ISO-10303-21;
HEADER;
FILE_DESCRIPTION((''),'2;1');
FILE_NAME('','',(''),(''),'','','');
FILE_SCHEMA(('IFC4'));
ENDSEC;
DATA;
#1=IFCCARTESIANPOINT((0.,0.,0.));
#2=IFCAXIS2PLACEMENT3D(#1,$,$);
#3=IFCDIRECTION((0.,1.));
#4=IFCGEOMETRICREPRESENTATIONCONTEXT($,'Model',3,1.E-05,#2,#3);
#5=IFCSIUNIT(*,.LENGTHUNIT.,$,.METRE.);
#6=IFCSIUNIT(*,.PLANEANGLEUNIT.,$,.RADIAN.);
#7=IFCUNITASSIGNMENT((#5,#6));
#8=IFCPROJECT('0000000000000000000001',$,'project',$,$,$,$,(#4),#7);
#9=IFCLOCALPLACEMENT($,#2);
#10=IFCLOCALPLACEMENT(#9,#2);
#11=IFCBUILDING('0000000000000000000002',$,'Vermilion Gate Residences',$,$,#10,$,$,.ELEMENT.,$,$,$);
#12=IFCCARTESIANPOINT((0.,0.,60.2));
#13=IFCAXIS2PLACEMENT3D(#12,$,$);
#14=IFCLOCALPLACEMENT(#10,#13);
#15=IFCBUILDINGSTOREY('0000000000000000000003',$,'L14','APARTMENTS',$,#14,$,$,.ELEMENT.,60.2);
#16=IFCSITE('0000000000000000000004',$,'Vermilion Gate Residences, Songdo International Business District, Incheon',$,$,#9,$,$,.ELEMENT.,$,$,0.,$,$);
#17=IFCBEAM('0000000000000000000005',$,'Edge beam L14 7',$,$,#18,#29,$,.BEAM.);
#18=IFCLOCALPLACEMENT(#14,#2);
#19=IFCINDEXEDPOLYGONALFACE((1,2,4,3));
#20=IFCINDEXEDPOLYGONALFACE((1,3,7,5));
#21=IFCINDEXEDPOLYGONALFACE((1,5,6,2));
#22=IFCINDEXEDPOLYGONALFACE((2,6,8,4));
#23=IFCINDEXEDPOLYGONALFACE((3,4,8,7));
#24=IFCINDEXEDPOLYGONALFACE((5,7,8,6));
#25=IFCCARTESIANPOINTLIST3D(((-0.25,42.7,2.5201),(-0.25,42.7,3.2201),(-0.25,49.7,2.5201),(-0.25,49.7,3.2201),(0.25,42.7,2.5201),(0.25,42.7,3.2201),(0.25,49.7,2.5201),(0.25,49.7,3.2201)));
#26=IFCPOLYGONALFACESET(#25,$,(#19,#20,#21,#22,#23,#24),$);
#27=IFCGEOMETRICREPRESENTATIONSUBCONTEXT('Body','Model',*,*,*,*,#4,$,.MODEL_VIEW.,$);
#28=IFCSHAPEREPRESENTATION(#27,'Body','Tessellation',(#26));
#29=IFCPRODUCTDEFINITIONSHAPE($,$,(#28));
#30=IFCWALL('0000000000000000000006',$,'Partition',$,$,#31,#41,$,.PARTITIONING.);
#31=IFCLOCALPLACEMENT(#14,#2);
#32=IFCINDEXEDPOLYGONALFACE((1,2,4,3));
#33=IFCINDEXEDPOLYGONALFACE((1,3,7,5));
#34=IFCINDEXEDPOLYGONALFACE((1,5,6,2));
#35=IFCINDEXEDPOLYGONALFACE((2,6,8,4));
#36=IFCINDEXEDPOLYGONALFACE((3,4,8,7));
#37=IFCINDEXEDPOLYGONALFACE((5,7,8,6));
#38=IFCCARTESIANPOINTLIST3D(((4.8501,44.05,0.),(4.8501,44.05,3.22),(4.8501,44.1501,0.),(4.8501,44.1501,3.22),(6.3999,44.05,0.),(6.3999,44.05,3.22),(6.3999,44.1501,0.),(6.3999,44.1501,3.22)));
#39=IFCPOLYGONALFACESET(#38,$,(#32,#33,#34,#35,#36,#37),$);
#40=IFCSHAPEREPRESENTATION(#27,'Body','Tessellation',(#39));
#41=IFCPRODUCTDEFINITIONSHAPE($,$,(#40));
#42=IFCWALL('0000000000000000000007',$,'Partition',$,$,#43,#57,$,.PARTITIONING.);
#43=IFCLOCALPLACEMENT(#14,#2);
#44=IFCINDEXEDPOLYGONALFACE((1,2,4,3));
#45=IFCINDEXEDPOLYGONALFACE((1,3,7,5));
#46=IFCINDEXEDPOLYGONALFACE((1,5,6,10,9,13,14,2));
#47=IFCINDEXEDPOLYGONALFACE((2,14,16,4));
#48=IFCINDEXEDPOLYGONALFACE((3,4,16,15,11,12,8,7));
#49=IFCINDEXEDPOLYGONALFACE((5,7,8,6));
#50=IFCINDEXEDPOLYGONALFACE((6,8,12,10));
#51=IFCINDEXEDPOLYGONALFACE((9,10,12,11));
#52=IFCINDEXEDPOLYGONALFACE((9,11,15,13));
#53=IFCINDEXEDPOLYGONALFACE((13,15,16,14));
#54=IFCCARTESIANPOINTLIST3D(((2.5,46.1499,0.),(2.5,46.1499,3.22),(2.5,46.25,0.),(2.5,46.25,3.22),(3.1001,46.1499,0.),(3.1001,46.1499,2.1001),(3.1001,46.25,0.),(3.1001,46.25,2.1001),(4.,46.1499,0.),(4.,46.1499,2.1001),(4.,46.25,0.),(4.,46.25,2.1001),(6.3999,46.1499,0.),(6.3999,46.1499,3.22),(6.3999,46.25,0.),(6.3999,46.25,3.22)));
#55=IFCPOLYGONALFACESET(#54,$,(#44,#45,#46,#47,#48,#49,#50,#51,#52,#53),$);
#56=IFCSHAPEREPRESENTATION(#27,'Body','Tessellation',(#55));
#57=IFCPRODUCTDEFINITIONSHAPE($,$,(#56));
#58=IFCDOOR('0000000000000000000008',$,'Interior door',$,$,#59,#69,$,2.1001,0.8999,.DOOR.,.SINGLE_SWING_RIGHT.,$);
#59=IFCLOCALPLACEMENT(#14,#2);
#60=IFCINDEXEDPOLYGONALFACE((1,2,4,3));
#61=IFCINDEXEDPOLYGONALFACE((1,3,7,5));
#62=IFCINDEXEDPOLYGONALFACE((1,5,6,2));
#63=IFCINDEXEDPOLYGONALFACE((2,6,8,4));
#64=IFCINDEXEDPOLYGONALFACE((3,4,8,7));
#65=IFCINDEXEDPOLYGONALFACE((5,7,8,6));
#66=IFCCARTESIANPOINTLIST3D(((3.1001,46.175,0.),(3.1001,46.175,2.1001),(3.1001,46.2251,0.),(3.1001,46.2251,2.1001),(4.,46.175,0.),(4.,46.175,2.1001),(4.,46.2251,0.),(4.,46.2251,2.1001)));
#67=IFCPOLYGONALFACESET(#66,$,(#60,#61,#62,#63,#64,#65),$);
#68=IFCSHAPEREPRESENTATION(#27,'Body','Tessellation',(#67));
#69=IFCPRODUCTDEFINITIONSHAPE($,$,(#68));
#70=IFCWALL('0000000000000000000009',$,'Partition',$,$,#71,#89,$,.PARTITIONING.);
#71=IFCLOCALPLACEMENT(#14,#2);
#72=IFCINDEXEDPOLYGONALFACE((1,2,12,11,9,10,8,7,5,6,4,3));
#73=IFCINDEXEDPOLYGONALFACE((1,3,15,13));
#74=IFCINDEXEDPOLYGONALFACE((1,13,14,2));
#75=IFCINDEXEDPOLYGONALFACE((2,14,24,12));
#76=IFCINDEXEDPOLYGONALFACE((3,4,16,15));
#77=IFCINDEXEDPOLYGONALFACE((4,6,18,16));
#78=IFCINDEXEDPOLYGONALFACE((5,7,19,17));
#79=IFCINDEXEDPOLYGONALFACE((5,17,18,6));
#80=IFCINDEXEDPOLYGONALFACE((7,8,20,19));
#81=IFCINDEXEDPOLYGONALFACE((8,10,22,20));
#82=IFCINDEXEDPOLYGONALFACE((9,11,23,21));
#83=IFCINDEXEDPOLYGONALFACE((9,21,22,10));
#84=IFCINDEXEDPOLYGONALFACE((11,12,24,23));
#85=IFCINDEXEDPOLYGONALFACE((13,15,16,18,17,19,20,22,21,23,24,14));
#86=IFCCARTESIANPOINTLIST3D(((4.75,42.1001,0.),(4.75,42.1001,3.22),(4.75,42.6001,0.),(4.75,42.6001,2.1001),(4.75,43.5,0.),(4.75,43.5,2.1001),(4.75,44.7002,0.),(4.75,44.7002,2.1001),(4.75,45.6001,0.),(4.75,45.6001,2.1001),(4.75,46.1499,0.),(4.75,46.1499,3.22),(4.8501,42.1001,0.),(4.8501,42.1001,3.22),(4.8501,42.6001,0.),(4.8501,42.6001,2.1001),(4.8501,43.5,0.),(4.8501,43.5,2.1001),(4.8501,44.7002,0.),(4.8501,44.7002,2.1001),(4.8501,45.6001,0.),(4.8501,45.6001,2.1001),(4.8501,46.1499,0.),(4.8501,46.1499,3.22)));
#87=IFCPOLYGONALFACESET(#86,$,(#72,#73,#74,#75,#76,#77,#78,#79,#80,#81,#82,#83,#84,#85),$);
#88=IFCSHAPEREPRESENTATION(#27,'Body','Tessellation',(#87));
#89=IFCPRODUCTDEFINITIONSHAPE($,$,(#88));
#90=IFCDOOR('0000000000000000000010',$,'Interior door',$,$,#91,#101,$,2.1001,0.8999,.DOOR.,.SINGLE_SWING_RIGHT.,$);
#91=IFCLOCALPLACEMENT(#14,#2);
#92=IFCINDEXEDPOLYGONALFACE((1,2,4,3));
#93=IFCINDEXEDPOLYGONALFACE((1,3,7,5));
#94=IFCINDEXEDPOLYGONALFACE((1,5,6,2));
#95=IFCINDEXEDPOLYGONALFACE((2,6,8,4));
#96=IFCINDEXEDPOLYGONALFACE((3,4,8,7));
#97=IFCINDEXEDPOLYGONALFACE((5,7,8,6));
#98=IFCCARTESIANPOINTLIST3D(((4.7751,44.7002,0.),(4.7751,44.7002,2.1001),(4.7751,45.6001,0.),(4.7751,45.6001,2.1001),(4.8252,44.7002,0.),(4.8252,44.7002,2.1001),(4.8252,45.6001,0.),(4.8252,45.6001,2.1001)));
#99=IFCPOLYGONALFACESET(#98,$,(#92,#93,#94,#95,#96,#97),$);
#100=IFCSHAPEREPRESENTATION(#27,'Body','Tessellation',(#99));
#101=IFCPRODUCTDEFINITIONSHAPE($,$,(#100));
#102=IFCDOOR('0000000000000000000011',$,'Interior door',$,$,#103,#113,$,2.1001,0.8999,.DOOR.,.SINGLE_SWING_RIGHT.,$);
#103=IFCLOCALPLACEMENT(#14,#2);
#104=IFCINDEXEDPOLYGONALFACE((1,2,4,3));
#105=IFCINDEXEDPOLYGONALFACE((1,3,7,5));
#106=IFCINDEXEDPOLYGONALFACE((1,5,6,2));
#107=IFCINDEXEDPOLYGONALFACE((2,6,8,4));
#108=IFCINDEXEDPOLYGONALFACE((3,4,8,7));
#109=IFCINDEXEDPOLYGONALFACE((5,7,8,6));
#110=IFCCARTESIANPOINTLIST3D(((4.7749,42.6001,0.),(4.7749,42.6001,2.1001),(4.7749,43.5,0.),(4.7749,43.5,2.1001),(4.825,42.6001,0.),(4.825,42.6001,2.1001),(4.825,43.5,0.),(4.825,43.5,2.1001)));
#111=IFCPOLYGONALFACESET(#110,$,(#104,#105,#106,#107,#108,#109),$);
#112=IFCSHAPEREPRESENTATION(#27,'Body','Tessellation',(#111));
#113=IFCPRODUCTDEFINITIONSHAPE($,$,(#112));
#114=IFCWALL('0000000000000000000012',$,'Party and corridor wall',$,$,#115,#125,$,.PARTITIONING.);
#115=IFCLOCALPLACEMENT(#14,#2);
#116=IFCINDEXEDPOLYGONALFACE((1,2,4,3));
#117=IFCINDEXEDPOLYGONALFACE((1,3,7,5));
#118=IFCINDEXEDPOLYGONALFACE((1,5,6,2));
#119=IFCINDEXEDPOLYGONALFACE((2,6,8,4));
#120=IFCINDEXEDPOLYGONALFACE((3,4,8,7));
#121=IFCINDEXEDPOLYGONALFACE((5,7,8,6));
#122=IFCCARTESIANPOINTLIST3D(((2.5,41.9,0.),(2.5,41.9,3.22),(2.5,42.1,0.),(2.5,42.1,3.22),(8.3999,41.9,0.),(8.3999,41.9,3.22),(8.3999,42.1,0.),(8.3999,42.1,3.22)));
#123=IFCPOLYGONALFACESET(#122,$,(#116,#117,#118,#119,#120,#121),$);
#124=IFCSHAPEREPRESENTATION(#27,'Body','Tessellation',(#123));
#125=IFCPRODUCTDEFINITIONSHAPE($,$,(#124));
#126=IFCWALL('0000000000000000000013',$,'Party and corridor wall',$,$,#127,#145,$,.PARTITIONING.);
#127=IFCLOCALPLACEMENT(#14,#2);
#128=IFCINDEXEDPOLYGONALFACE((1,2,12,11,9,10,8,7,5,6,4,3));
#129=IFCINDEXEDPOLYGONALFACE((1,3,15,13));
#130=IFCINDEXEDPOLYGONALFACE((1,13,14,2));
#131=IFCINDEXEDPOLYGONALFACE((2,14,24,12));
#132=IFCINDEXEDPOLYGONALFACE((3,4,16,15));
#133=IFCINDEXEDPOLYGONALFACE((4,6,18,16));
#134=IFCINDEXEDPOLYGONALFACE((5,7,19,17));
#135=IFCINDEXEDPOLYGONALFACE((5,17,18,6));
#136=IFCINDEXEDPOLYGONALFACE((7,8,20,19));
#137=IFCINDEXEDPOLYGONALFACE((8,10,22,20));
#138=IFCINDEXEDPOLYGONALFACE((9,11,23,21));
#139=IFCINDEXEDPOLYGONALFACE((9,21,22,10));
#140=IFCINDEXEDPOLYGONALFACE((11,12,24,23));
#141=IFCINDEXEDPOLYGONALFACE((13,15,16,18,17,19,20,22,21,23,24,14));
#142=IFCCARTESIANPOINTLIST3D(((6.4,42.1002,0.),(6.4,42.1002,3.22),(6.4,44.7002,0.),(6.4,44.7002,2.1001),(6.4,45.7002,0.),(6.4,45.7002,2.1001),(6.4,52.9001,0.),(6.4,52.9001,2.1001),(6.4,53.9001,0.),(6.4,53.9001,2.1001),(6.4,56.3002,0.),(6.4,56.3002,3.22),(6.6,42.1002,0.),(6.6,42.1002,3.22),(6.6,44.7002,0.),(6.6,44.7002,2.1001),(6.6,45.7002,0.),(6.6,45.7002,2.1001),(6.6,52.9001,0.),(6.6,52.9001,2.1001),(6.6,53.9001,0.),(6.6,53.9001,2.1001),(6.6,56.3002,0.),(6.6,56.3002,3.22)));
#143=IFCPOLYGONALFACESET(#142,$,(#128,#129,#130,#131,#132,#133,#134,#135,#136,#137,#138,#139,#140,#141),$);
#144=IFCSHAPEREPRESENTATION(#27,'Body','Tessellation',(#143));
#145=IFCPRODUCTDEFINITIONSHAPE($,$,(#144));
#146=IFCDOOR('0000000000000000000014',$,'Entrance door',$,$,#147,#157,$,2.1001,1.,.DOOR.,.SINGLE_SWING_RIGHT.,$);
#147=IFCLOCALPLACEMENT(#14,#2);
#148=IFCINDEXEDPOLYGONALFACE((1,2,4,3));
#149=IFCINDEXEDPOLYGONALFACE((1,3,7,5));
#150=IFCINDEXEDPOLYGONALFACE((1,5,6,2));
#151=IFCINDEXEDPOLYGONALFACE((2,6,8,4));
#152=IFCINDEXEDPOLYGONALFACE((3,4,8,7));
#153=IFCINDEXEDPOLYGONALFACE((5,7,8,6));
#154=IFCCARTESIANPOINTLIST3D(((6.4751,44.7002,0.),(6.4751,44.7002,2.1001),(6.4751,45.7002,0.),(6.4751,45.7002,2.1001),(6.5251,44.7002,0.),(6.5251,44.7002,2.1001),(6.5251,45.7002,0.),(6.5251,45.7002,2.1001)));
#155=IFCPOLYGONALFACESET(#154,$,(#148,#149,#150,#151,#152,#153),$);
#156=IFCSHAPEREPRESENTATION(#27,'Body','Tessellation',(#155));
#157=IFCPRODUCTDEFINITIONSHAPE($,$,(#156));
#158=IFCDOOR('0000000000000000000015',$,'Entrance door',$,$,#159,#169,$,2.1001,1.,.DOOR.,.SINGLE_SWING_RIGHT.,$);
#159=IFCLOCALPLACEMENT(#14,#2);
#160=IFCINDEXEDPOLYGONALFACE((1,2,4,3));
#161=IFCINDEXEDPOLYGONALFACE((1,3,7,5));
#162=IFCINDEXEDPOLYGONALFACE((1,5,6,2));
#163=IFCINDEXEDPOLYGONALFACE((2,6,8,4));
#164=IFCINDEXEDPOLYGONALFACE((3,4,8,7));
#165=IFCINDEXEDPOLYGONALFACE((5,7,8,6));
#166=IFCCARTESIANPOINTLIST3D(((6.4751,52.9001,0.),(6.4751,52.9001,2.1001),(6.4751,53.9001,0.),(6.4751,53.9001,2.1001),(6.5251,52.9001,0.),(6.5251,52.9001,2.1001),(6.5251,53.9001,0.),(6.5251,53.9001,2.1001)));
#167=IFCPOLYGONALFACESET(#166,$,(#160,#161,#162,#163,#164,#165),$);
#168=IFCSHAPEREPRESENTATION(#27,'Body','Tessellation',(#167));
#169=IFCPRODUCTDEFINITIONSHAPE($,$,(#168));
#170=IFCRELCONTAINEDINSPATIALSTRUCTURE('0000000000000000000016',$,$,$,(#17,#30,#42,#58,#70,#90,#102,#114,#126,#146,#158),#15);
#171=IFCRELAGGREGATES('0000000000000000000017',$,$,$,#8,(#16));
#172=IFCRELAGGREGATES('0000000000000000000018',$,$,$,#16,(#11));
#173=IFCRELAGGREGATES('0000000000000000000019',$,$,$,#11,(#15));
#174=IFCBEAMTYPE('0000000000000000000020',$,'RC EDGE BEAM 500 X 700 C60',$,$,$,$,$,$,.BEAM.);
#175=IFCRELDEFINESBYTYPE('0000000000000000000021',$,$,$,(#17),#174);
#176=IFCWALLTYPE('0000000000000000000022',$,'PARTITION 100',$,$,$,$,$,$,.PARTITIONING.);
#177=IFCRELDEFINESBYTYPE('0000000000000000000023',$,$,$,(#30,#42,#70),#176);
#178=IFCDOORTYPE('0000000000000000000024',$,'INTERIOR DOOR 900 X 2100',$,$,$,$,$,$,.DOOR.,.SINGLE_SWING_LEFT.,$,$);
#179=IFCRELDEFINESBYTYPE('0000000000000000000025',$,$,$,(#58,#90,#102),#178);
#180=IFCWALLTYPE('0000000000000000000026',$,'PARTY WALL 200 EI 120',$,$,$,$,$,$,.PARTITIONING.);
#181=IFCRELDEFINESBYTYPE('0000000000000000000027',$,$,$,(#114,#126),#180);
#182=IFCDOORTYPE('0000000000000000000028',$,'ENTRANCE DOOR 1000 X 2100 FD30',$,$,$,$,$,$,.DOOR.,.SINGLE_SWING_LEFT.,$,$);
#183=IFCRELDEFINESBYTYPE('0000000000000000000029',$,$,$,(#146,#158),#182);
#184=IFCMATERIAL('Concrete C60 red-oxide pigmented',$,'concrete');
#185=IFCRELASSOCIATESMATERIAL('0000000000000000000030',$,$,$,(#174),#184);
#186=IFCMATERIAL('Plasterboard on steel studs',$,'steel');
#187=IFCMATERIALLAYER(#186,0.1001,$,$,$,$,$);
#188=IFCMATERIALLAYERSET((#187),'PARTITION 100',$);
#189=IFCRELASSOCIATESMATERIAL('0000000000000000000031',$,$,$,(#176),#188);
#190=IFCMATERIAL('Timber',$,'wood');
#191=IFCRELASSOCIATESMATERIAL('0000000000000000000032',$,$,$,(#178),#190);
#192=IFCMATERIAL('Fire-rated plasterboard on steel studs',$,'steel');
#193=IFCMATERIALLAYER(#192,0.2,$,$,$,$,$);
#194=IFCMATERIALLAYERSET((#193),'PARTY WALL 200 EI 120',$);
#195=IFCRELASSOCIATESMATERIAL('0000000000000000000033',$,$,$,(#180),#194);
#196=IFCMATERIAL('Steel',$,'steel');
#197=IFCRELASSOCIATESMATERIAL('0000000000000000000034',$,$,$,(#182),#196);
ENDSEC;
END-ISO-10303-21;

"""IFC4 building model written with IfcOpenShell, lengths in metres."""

from ifc_helpers import new_model, si_unit, direction, frame, frame_2d, origin, origin_2d, place, context, subcontext, project, spatial, rectangle, extrude, material, layer, layer_set, material_profile, profile_set, type_object, element, fill, save


model = new_model("IFC4")

# Units and contexts
model_context = context("Model", 3, precision=1e-05, world=origin(), true_north=direction((0.0, 1.0)))
body_context = subcontext(model_context, "Body", "Model", "MODEL_VIEW")
ifc_project = project(units=[si_unit("LENGTHUNIT", "METRE"), si_unit("PLANEANGLEUNIT", "RADIAN")], contexts=[model_context])

# Site, building, storey
site_placement = place(None, origin())
site = spatial("IfcSite", under=ifc_project, at=site_placement, Name="Vermilion Gate Residences, Songdo International Business District, Incheon", CompositionType="ELEMENT", RefElevation=0.0)
building_placement = place(site_placement, origin())
building = spatial("IfcBuilding", under=site, at=building_placement, Name="Vermilion Gate Residences", CompositionType="ELEMENT")
storey_placement = place(building_placement, frame((0.0, 0.0, 60.2)))
storey = spatial("IfcBuildingStorey", under=building, at=storey_placement, Name="L14", Description="APARTMENTS", CompositionType="ELEMENT", Elevation=60.2)

# Beam
ifc_material_1 = material(Name="Concrete C60 red-oxide pigmented", Category="concrete")
ifc_material_profile_1 = material_profile(ifc_material_1, rectangle(XDim=0.5, YDim=0.7, at=origin_2d()), Name="RC-500x700")
ifc_profile_set_1 = profile_set([ifc_material_profile_1], Name="Concrete C60 red-oxide pigmented")
beam_type = type_object("IfcBeamType", Name="RC EDGE BEAM 500 X 700 C60", PredefinedType="BEAM", material=ifc_profile_set_1)
beam_placement = place(storey_placement, frame((0.0, 42.7, 2.8701), z_axis=(0.0, 1.0, 0.0), x_axis=(-1.0, 0.0, 0.0)))
element("IfcBeam", 1, at=beam_placement, inside=storey, type_object=beam_type, Name="Edge beam L14 7", PredefinedType="BEAM", context=body_context, shape_type="SweptSolid", body=[
    extrude(rectangle(XDim=0.5, YDim=0.7, at=origin_2d()), origin(), (0.0, 0.0, 1.0), 7.0),
])

# Wall
ifc_material_2 = material(Name="Plasterboard on steel studs", Category="steel")
ifc_layer_1 = layer(ifc_material_2, 0.1001)
ifc_layer_set_1 = layer_set([ifc_layer_1], Name="PARTITION 100")
wall_type_1 = type_object("IfcWallType", Name="PARTITION 100", PredefinedType="PARTITIONING", material=ifc_layer_set_1)
wall_1_placement = place(storey_placement, frame((4.8501, 44.1001, 0.0), z_axis=(0.0, 0.0, 1.0), x_axis=(1.0, 0.0, 0.0)))
element("IfcWall", 2, at=wall_1_placement, inside=storey, type_object=wall_type_1, Name="Partition", PredefinedType="PARTITIONING", context=body_context, shape_type="SweptSolid", body=[
    extrude(rectangle(XDim=1.5498, YDim=0.1001, at=frame_2d((0.7749, 0.0))), origin(), (0.0, 0.0, 1.0), 3.22),
])

# Wall, opening, door
wall_2_placement = place(storey_placement, frame((2.5, 46.2, 0.0), z_axis=(0.0, 0.0, 1.0), x_axis=(1.0, 0.0, 0.0)))
wall_2 = element("IfcWall", 3, at=wall_2_placement, inside=storey, type_object=wall_type_1, Name="Partition", PredefinedType="PARTITIONING", context=body_context, shape_type="SweptSolid", body=[
    extrude(rectangle(XDim=3.8999, YDim=0.1001, at=frame_2d((1.95, 0.0))), origin(), (0.0, 0.0, 1.0), 3.22),
])
opening_1_placement = place(wall_2_placement, frame((0.6001, 0.0, 0.0)))
opening_1 = element("IfcOpeningElement", 4, at=opening_1_placement, cuts=wall_2, PredefinedType="OPENING", context=body_context, shape_type="SweptSolid", body=[
    extrude(rectangle(XDim=0.8999, YDim=2.1001, at=frame_2d((0.45, 1.05))), frame((0.0, 0.0601, 0.0), z_axis=(0.0, -1.0, 0.0), x_axis=(1.0, 0.0, 0.0)), (0.0, 0.0, 1.0), 0.1201),
])
ifc_material_3 = material(Name="Timber", Category="wood")
door_type_1 = type_object("IfcDoorType", Name="INTERIOR DOOR 900 X 2100", OperationType="SINGLE_SWING_LEFT", PredefinedType="DOOR", material=ifc_material_3)
door_1_placement = place(opening_1_placement, frame((0.8999, 0.0, 0.0), z_axis=(0.0, 0.0, 1.0), x_axis=(-1.0, 0.0, 0.0)))
door_1 = element("IfcDoor", 5, at=door_1_placement, inside=storey, type_object=door_type_1, Name="Interior door", OperationType="SINGLE_SWING_RIGHT", OverallHeight=2.1001, OverallWidth=0.8999, PredefinedType="DOOR", context=body_context, shape_type="SweptSolid", body=[
    extrude(rectangle(XDim=0.8999, YDim=2.1001, at=frame_2d((0.45, 1.05))), frame((0.0, 0.0249, 0.0), z_axis=(0.0, -1.0, 0.0), x_axis=(1.0, 0.0, 0.0)), (0.0, 0.0, 1.0), 0.05),
])
fill(opening_1, door_1)

# Wall, openings, doors
wall_3_placement = place(storey_placement, frame((4.8, 42.1001, 0.0), z_axis=(0.0, 0.0, 1.0), x_axis=(0.0, 1.0, 0.0)))
wall_3 = element("IfcWall", 6, at=wall_3_placement, inside=storey, type_object=wall_type_1, Name="Partition", PredefinedType="PARTITIONING", context=body_context, shape_type="SweptSolid", body=[
    extrude(rectangle(XDim=4.0498, YDim=0.1001, at=frame_2d((2.0249, 0.0))), origin(), (0.0, 0.0, 1.0), 3.22),
])
opening_2_placement = place(wall_3_placement, frame((2.6001, 0.0, 0.0)))
opening_2 = element("IfcOpeningElement", 7, at=opening_2_placement, cuts=wall_3, PredefinedType="OPENING", context=body_context, shape_type="SweptSolid", body=[
    extrude(rectangle(XDim=0.8999, YDim=2.1001, at=frame_2d((0.45, 1.05))), frame((0.0, 0.0601, 0.0), z_axis=(0.0, -1.0, 0.0), x_axis=(1.0, 0.0, 0.0)), (0.0, 0.0, 1.0), 0.1201),
])
opening_3_placement = place(wall_3_placement, frame((0.5, 0.0, 0.0)))
opening_3 = element("IfcOpeningElement", 8, at=opening_3_placement, cuts=wall_3, PredefinedType="OPENING", context=body_context, shape_type="SweptSolid", body=[
    extrude(rectangle(XDim=0.8999, YDim=2.1001, at=frame_2d((0.45, 1.05))), frame((0.0, 0.0601, 0.0), z_axis=(0.0, -1.0, 0.0), x_axis=(1.0, 0.0, 0.0)), (0.0, 0.0, 1.0), 0.1201),
])
door_2_placement = place(opening_2_placement, origin())
door_2 = element("IfcDoor", 9, at=door_2_placement, inside=storey, type_object=door_type_1, Name="Interior door", OperationType="SINGLE_SWING_RIGHT", OverallHeight=2.1001, OverallWidth=0.8999, PredefinedType="DOOR", context=body_context, shape_type="SweptSolid", body=[
    extrude(rectangle(XDim=0.8999, YDim=2.1001, at=frame_2d((0.45, 1.05))), frame((0.0, 0.0249, 0.0), z_axis=(0.0, -1.0, 0.0), x_axis=(1.0, 0.0, 0.0)), (0.0, 0.0, 1.0), 0.05),
])
fill(opening_2, door_2)
door_3_placement = place(opening_3_placement, frame((0.8999, 0.0, 0.0), z_axis=(0.0, 0.0, 1.0), x_axis=(-1.0, 0.0, 0.0)))
door_3 = element("IfcDoor", 10, at=door_3_placement, inside=storey, type_object=door_type_1, Name="Interior door", OperationType="SINGLE_SWING_RIGHT", OverallHeight=2.1001, OverallWidth=0.8999, PredefinedType="DOOR", context=body_context, shape_type="SweptSolid", body=[
    extrude(rectangle(XDim=0.8999, YDim=2.1001, at=frame_2d((0.45, 1.05))), frame((0.0, 0.0249, 0.0), z_axis=(0.0, -1.0, 0.0), x_axis=(1.0, 0.0, 0.0)), (0.0, 0.0, 1.0), 0.05),
])
fill(opening_3, door_3)

# Wall
ifc_material_4 = material(Name="Fire-rated plasterboard on steel studs", Category="steel")
ifc_layer_2 = layer(ifc_material_4, 0.2)
ifc_layer_set_2 = layer_set([ifc_layer_2], Name="PARTY WALL 200 EI 120")
wall_type_2 = type_object("IfcWallType", Name="PARTY WALL 200 EI 120", PredefinedType="PARTITIONING", material=ifc_layer_set_2)
wall_4_placement = place(storey_placement, frame((2.5, 42.0, 0.0), z_axis=(0.0, 0.0, 1.0), x_axis=(1.0, 0.0, 0.0)))
element("IfcWall", 11, at=wall_4_placement, inside=storey, type_object=wall_type_2, Name="Party and corridor wall", PredefinedType="PARTITIONING", context=body_context, shape_type="SweptSolid", body=[
    extrude(rectangle(XDim=5.8999, YDim=0.2, at=frame_2d((2.95, 0.0))), origin(), (0.0, 0.0, 1.0), 3.22),
])

# Wall, openings, doors
wall_5_placement = place(storey_placement, frame((6.5, 42.1001, 0.0), z_axis=(0.0, 0.0, 1.0), x_axis=(0.0, 1.0, 0.0)))
wall_5 = element("IfcWall", 12, at=wall_5_placement, inside=storey, type_object=wall_type_2, Name="Party and corridor wall", PredefinedType="PARTITIONING", context=body_context, shape_type="SweptSolid", body=[
    extrude(rectangle(XDim=14.2, YDim=0.2, at=frame_2d((7.1001, 0.0))), origin(), (0.0, 0.0, 1.0), 3.22),
])
opening_4_placement = place(wall_5_placement, frame((2.6001, 0.0, 0.0)))
opening_4 = element("IfcOpeningElement", 13, at=opening_4_placement, cuts=wall_5, PredefinedType="OPENING", context=body_context, shape_type="SweptSolid", body=[
    extrude(rectangle(XDim=1.0, YDim=2.1001, at=frame_2d((0.5, 1.05))), frame((0.0, 0.1099, 0.0), z_axis=(0.0, -1.0, 0.0), x_axis=(1.0, 0.0, 0.0)), (0.0, 0.0, 1.0), 0.22),
])
opening_5_placement = place(wall_5_placement, frame((10.8, 0.0, 0.0)))
opening_5 = element("IfcOpeningElement", 14, at=opening_5_placement, cuts=wall_5, PredefinedType="OPENING", context=body_context, shape_type="SweptSolid", body=[
    extrude(rectangle(XDim=1.0, YDim=2.1001, at=frame_2d((0.5, 1.05))), frame((0.0, 0.1099, 0.0), z_axis=(0.0, -1.0, 0.0), x_axis=(1.0, 0.0, 0.0)), (0.0, 0.0, 1.0), 0.22),
])
ifc_material_5 = material(Name="Steel", Category="steel")
door_type_2 = type_object("IfcDoorType", Name="ENTRANCE DOOR 1000 X 2100 FD30", OperationType="SINGLE_SWING_LEFT", PredefinedType="DOOR", material=ifc_material_5)
door_4_placement = place(opening_4_placement, origin())
door_4 = element("IfcDoor", 15, at=door_4_placement, inside=storey, type_object=door_type_2, Name="Entrance door", OperationType="SINGLE_SWING_RIGHT", OverallHeight=2.1001, OverallWidth=1.0, PredefinedType="DOOR", context=body_context, shape_type="SweptSolid", body=[
    extrude(rectangle(XDim=1.0, YDim=2.1001, at=frame_2d((0.5, 1.05))), frame((0.0, 0.0249, 0.0), z_axis=(0.0, -1.0, 0.0), x_axis=(1.0, 0.0, 0.0)), (0.0, 0.0, 1.0), 0.05),
])
fill(opening_4, door_4)
door_5_placement = place(opening_5_placement, origin())
door_5 = element("IfcDoor", 16, at=door_5_placement, inside=storey, type_object=door_type_2, Name="Entrance door", OperationType="SINGLE_SWING_RIGHT", OverallHeight=2.1001, OverallWidth=1.0, PredefinedType="DOOR", context=body_context, shape_type="SweptSolid", body=[
    extrude(rectangle(XDim=1.0, YDim=2.1001, at=frame_2d((0.5, 1.05))), frame((0.0, 0.0249, 0.0), z_axis=(0.0, -1.0, 0.0), x_axis=(1.0, 0.0, 0.0)), (0.0, 0.0, 1.0), 0.05),
])
fill(opening_5, door_5)

save(model, "model.ifc")
